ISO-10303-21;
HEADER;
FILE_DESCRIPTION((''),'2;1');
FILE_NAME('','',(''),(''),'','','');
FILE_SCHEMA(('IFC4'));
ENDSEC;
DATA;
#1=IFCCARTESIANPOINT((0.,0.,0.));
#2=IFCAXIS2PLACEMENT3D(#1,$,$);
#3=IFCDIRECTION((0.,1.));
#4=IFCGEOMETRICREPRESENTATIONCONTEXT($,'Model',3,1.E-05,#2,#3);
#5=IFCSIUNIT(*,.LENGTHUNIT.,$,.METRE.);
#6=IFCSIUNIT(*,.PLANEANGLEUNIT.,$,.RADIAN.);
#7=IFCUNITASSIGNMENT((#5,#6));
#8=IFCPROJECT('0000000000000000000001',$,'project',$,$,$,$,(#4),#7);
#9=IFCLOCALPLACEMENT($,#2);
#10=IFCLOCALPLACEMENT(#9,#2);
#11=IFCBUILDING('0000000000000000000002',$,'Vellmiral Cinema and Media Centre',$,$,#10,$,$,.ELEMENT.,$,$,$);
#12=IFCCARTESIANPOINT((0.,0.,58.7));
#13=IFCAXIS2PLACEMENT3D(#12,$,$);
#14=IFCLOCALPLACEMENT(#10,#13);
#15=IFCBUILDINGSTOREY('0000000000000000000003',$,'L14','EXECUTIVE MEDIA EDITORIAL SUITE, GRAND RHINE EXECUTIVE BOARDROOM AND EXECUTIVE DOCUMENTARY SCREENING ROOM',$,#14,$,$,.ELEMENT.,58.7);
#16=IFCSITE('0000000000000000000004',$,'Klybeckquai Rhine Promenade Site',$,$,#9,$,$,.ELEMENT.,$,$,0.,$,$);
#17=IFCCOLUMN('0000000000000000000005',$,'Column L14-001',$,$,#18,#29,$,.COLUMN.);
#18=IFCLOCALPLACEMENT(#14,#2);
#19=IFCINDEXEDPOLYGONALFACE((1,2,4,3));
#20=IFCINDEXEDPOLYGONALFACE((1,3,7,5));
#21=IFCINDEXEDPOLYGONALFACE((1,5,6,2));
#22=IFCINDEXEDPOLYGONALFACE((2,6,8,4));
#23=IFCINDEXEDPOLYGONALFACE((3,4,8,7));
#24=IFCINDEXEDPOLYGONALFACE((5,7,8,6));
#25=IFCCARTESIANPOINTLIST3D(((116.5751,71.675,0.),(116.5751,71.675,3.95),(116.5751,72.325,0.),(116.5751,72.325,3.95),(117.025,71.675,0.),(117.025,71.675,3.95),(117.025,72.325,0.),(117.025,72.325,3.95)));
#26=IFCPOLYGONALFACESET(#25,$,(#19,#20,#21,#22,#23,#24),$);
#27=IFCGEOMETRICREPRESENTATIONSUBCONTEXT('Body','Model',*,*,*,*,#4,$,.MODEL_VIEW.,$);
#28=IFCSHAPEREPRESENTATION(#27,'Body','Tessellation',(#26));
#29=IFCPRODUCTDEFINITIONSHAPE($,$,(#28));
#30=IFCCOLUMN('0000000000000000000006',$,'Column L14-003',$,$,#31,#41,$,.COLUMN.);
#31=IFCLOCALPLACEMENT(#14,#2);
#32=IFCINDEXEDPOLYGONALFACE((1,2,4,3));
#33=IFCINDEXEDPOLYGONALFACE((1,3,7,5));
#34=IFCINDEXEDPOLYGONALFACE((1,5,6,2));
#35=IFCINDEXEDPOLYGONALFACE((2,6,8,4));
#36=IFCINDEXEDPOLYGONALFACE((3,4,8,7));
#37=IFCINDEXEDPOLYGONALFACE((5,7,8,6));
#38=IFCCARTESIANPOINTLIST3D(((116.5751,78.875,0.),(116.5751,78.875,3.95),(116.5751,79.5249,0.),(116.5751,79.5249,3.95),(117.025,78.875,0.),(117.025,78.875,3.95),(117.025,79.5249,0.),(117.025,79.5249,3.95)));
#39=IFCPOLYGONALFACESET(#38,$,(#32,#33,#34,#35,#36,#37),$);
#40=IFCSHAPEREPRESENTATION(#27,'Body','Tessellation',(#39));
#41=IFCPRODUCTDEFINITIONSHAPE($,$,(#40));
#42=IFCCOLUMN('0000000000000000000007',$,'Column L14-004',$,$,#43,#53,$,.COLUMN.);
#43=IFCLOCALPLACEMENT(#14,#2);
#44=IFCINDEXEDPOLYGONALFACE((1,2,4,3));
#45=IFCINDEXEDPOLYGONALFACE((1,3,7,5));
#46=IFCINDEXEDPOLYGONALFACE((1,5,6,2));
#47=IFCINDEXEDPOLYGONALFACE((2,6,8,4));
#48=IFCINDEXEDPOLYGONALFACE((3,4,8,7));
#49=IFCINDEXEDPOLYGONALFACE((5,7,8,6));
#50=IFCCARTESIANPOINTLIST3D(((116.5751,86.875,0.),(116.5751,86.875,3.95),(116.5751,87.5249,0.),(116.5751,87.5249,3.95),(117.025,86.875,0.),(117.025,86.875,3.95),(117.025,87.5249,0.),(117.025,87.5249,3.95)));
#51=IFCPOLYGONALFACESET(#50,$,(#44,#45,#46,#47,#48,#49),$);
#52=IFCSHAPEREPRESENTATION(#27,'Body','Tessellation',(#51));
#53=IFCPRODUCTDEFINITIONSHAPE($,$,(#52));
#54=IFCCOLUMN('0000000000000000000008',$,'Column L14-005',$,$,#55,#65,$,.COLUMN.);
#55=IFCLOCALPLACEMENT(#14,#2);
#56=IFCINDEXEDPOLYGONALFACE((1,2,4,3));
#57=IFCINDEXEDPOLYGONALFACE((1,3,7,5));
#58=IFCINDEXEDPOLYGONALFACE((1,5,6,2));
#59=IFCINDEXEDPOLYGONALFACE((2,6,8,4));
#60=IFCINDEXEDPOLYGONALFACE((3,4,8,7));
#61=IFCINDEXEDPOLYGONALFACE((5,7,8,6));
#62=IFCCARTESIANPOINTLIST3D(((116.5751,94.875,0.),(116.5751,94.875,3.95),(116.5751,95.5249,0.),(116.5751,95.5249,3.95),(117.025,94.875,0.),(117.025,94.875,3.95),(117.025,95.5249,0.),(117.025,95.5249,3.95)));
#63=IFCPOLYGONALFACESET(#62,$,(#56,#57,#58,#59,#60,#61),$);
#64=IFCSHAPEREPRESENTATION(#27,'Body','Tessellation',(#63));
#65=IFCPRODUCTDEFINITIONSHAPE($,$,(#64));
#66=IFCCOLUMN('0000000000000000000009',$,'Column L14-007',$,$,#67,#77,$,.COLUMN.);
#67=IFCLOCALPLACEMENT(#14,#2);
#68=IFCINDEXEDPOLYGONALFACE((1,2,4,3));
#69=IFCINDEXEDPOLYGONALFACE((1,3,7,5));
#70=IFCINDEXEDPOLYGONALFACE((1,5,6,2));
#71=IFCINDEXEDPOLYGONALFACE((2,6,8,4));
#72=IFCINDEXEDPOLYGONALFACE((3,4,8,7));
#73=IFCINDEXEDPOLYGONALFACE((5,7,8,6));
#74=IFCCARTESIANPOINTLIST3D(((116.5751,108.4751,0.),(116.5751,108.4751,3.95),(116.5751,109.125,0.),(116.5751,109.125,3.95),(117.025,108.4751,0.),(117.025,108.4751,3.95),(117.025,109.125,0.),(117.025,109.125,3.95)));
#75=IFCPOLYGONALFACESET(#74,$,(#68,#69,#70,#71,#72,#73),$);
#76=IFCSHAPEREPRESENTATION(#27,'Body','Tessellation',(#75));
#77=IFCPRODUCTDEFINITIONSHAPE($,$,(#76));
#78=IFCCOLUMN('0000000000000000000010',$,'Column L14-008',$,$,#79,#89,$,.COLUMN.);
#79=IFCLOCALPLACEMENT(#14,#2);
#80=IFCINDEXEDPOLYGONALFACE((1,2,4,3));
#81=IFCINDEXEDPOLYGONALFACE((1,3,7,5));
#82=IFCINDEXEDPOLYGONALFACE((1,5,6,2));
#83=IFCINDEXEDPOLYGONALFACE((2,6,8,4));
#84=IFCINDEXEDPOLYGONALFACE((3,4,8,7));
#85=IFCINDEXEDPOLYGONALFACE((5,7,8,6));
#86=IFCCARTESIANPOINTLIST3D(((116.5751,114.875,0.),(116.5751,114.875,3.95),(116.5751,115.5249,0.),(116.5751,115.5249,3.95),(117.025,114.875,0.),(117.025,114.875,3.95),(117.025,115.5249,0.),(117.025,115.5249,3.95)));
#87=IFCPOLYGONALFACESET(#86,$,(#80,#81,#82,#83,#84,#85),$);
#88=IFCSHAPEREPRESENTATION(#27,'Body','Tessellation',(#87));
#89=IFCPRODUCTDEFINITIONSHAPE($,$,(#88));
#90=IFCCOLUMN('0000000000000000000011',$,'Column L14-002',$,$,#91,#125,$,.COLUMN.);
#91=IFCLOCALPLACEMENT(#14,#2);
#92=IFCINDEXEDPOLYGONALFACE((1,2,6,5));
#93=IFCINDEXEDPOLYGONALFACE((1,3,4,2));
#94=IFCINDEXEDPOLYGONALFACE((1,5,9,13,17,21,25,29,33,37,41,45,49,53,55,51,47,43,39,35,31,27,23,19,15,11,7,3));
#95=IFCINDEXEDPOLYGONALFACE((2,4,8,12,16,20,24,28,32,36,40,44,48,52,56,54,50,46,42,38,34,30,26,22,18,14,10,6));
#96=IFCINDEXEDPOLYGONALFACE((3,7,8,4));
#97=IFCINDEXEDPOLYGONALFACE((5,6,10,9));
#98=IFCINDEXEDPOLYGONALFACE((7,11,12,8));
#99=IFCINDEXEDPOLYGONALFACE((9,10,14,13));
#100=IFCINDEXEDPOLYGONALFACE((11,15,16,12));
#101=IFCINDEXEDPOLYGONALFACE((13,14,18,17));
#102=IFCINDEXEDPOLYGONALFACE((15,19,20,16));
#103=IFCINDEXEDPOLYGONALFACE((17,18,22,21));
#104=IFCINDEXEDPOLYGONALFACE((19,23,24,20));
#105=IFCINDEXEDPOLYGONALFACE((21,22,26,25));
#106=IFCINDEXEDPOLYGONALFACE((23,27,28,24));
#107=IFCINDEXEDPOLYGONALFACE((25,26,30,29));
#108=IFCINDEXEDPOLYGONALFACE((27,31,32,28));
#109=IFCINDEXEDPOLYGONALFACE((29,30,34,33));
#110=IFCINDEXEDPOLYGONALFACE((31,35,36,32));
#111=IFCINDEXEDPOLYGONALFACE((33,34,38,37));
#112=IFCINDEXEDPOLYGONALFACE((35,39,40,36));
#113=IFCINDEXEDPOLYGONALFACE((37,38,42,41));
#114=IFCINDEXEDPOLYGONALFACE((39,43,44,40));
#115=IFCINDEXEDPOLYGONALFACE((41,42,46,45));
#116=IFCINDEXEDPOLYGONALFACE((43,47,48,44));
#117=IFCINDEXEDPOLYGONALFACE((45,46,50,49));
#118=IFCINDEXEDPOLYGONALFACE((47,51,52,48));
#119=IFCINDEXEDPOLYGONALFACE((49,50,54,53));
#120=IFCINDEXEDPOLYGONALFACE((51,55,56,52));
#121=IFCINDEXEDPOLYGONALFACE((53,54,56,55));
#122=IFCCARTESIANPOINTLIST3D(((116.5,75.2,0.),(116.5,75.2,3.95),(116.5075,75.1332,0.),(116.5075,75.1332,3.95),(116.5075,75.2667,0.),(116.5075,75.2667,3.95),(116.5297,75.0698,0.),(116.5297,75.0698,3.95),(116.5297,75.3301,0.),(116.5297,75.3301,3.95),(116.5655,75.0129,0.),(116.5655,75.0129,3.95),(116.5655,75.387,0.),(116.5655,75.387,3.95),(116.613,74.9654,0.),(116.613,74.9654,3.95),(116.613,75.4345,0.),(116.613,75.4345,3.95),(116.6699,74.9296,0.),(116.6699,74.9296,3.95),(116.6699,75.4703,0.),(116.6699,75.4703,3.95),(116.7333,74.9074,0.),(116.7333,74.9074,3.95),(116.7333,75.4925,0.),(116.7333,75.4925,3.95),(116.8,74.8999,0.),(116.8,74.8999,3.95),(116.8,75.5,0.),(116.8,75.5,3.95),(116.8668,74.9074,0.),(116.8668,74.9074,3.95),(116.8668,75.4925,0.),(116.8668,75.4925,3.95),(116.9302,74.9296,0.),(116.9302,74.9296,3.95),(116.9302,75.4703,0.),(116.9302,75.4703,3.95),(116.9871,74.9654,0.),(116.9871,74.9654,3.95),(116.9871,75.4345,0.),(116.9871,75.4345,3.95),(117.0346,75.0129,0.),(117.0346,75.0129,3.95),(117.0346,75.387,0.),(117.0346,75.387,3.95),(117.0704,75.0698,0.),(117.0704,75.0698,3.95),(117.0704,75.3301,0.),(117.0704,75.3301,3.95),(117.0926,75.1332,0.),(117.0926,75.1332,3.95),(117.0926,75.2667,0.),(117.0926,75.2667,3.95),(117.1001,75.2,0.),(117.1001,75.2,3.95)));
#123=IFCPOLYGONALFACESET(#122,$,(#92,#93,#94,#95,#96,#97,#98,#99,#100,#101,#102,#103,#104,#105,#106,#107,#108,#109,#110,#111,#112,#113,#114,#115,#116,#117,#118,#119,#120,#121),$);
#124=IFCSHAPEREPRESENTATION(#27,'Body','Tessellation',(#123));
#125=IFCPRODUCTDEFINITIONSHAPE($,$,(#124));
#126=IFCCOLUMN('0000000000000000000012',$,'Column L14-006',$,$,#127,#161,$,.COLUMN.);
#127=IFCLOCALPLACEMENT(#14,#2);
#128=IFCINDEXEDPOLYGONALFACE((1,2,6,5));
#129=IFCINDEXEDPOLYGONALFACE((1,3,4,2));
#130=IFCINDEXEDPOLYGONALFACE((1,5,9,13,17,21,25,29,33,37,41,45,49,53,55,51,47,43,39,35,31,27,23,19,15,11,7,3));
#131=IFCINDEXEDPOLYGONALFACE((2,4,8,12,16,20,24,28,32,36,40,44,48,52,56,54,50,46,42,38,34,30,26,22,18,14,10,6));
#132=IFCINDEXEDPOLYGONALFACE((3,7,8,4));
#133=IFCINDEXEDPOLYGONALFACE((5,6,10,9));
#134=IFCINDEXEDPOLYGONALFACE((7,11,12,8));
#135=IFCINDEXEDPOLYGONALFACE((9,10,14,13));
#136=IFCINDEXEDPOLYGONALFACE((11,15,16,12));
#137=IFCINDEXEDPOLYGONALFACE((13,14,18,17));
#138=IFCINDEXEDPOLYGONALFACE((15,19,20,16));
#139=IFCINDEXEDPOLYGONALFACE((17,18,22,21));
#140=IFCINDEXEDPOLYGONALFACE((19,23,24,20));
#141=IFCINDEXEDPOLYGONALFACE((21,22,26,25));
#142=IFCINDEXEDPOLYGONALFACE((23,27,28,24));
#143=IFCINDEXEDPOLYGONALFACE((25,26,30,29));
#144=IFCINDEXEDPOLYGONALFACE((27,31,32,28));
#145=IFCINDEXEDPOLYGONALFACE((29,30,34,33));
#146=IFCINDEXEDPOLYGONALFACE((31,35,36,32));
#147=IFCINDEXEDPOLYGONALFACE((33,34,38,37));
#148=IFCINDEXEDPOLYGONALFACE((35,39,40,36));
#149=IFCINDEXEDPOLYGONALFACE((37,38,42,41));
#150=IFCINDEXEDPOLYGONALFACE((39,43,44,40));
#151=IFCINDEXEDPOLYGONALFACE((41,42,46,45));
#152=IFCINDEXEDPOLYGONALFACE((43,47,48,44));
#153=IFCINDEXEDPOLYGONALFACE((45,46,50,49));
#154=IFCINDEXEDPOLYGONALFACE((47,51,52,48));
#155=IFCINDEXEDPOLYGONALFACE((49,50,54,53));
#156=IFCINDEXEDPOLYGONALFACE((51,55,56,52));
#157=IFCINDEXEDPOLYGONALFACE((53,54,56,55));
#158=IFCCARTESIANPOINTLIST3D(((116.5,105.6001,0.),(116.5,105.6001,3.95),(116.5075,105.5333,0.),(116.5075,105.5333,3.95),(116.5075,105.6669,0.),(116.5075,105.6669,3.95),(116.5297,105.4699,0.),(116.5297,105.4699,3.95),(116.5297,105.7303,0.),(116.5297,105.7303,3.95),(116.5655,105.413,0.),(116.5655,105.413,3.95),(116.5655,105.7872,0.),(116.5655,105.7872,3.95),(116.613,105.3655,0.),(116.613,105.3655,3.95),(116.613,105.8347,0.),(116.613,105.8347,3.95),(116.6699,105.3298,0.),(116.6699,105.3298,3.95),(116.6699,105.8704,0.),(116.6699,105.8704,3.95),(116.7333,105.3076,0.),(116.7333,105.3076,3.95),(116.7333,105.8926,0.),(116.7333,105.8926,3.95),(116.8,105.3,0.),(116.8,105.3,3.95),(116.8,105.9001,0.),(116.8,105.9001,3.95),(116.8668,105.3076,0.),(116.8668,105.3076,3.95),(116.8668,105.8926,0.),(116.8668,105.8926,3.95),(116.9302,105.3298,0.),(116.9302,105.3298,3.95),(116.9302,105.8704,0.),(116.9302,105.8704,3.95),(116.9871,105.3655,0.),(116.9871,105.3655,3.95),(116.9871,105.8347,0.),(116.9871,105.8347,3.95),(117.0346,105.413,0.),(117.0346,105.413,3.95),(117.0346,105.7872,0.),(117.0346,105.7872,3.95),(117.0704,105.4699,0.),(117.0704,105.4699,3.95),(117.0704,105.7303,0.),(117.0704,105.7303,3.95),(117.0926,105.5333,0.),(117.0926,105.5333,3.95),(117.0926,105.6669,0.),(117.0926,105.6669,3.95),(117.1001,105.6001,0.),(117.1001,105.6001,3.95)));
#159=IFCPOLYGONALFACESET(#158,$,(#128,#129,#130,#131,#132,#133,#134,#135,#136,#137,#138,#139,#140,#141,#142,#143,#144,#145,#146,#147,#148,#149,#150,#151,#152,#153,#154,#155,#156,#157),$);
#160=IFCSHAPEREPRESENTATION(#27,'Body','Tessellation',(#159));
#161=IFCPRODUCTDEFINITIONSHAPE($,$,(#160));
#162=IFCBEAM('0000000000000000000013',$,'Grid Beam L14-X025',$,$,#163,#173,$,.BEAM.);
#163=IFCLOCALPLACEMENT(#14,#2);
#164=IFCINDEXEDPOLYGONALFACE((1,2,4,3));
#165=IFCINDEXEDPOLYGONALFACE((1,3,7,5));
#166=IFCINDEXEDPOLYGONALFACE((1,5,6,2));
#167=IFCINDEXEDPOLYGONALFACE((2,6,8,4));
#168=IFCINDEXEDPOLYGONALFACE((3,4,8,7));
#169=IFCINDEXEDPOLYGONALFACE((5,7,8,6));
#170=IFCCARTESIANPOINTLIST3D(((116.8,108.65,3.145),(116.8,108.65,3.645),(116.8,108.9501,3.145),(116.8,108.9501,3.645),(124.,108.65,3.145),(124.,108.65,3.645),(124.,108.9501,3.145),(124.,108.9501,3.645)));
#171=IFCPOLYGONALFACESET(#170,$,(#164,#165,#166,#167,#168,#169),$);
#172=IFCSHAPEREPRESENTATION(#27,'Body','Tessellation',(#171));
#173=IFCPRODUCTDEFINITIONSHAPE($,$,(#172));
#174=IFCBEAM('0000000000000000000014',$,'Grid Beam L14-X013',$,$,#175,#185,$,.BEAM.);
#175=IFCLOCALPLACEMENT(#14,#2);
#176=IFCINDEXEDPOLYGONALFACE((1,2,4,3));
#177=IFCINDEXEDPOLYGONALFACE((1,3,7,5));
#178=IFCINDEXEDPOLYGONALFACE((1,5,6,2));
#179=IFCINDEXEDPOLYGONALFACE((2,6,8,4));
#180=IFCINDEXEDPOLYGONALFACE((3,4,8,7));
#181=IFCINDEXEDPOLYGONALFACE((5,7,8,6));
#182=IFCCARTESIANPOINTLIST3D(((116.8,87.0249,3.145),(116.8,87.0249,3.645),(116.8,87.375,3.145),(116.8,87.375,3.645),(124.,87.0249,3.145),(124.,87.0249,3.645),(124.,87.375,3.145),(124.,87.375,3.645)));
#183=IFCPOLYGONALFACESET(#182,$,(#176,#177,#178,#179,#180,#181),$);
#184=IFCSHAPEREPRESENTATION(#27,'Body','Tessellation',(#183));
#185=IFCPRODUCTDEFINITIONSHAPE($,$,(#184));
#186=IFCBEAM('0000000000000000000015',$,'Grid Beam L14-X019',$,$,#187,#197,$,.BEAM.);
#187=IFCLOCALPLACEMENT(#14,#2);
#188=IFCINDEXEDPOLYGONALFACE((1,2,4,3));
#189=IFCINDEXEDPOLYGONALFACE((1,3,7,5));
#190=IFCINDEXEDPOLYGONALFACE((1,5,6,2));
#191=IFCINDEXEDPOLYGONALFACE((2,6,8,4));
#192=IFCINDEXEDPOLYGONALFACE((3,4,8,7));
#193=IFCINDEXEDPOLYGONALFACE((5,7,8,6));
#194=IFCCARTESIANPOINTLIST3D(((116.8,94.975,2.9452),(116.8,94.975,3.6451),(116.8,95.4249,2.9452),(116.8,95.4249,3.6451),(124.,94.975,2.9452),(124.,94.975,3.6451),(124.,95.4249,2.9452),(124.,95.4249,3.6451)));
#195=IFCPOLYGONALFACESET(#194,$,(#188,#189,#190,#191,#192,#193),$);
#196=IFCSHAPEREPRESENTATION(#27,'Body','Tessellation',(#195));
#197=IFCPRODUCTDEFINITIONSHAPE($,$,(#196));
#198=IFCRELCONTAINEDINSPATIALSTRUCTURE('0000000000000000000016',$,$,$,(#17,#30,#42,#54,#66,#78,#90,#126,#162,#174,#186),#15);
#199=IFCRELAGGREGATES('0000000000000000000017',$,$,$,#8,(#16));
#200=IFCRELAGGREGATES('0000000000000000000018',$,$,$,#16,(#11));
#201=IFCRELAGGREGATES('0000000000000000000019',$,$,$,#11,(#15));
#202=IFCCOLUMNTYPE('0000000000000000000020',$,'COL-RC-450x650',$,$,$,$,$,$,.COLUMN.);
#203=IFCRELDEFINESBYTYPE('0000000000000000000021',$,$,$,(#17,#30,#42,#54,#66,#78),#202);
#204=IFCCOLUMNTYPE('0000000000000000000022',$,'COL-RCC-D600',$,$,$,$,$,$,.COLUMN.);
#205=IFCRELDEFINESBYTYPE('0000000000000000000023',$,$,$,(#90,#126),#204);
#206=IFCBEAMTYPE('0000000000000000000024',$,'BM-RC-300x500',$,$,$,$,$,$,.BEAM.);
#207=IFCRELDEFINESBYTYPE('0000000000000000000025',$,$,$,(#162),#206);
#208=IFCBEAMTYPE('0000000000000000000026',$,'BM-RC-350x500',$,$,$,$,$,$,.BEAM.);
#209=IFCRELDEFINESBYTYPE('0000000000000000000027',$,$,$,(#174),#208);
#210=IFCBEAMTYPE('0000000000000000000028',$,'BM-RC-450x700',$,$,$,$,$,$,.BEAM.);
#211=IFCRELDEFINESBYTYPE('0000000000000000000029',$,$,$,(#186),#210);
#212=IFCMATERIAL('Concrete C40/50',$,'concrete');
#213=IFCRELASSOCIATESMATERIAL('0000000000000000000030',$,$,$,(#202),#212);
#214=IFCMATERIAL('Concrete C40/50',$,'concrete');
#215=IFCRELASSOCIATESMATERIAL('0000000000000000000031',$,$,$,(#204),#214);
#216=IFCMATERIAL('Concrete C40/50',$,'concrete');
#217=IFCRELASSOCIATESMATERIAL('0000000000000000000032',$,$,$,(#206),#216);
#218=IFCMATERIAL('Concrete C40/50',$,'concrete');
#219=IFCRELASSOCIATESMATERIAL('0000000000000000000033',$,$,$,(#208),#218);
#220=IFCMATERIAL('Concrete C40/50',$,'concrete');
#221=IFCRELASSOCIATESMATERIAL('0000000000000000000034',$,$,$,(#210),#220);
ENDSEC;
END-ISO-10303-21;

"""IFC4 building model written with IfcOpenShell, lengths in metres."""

from ifc_helpers import new_model, si_unit, direction, frame, origin, origin_2d, place, context, subcontext, project, spatial, rectangle, circle, extrude, material, material_profile, profile_set, type_object, element, save


model = new_model("IFC4")

# Units and contexts
model_context = context("Model", 3, precision=1e-05, world=origin(), true_north=direction((0.0, 1.0)))
body_context = subcontext(model_context, "Body", "Model", "MODEL_VIEW")
ifc_project = project(units=[si_unit("LENGTHUNIT", "METRE"), si_unit("PLANEANGLEUNIT", "RADIAN")], contexts=[model_context])

# Site, building, storey
site_placement = place(None, origin())
site = spatial("IfcSite", under=ifc_project, at=site_placement, Name="Klybeckquai Rhine Promenade Site", CompositionType="ELEMENT", RefElevation=0.0)
building_placement = place(site_placement, origin())
building = spatial("IfcBuilding", under=site, at=building_placement, Name="Vellmiral Cinema and Media Centre", CompositionType="ELEMENT")
storey_placement = place(building_placement, frame((0.0, 0.0, 58.7)))
storey = spatial("IfcBuildingStorey", under=building, at=storey_placement, Name="L14", Description="EXECUTIVE MEDIA EDITORIAL SUITE, GRAND RHINE EXECUTIVE BOARDROOM AND EXECUTIVE DOCUMENTARY SCREENING ROOM", CompositionType="ELEMENT", Elevation=58.7)

# Columns
ifc_material_1 = material(Name="Concrete C40/50", Category="concrete")
ifc_material_profile_1 = material_profile(ifc_material_1, rectangle(XDim=0.45, YDim=0.6499, at=origin_2d()), Name="RC 450x650")
ifc_profile_set_1 = profile_set([ifc_material_profile_1], Name="Concrete C40/50")
column_type_1 = type_object("IfcColumnType", Name="COL-RC-450x650", PredefinedType="COLUMN", material=ifc_profile_set_1)
for number, where, z_axis, x_axis, name in (
    (1, (116.8, 72.0, 0.0), (0.0, 0.0, 1.0), (1.0, 0.0, 0.0), "Column L14-001"),
    (2, (116.8, 79.2, 0.0), (0.0, 0.0, 1.0), (1.0, 0.0, 0.0), "Column L14-003"),
    (3, (116.8, 87.2, 0.0), (0.0, 0.0, 1.0), (1.0, 0.0, 0.0), "Column L14-004"),
    (4, (116.8, 95.2, 0.0), (0.0, 0.0, 1.0), (1.0, 0.0, 0.0), "Column L14-005"),
    (5, (116.8, 108.8, 0.0), (0.0, 0.0, 1.0), (1.0, 0.0, 0.0), "Column L14-007"),
    (6, (116.8, 115.2, 0.0), (0.0, 0.0, 1.0), (1.0, 0.0, 0.0), "Column L14-008"),
):
    element("IfcColumn", number, at=place(storey_placement, frame(where, z_axis=z_axis, x_axis=x_axis)), inside=storey, type_object=column_type_1, Name=name, PredefinedType="COLUMN", context=body_context, shape_type="SweptSolid", body=[
        extrude(rectangle(XDim=0.45, YDim=0.6499, at=origin_2d()), origin(), (0.0, 0.0, 1.0), 3.95),
    ])
ifc_material_2 = material(Name="Concrete C40/50", Category="concrete")
ifc_material_profile_2 = material_profile(ifc_material_2, circle(Radius=0.3, at=origin_2d()), Name="RC D600")
ifc_profile_set_2 = profile_set([ifc_material_profile_2], Name="Concrete C40/50")
column_type_2 = type_object("IfcColumnType", Name="COL-RCC-D600", PredefinedType="COLUMN", material=ifc_profile_set_2)
for number, where, z_axis, x_axis, name in (
    (7, (116.8, 75.2, 0.0), (0.0, 0.0, 1.0), (1.0, 0.0, 0.0), "Column L14-002"),
    (8, (116.8, 105.6001, 0.0), (0.0, 0.0, 1.0), (1.0, 0.0, 0.0), "Column L14-006"),
):
    element("IfcColumn", number, at=place(storey_placement, frame(where, z_axis=z_axis, x_axis=x_axis)), inside=storey, type_object=column_type_2, Name=name, PredefinedType="COLUMN", context=body_context, shape_type="SweptSolid", body=[
        extrude(circle(Radius=0.3, at=origin_2d()), origin(), (0.0, 0.0, 1.0), 3.95),
    ])

# Beams
ifc_material_3 = material(Name="Concrete C40/50", Category="concrete")
ifc_material_profile_3 = material_profile(ifc_material_3, rectangle(XDim=0.3, YDim=0.5, at=origin_2d()), Name="RC 300x500")
ifc_profile_set_3 = profile_set([ifc_material_profile_3], Name="Concrete C40/50")
beam_type_1 = type_object("IfcBeamType", Name="BM-RC-300x500", PredefinedType="BEAM", material=ifc_profile_set_3)
beam_1_placement = place(storey_placement, frame((116.8, 108.8, 3.395), z_axis=(1.0, 0.0, 0.0), x_axis=(0.0, 1.0, 0.0)))
element("IfcBeam", 9, at=beam_1_placement, inside=storey, type_object=beam_type_1, Name="Grid Beam L14-X025", PredefinedType="BEAM", context=body_context, shape_type="SweptSolid", body=[
    extrude(rectangle(XDim=0.3, YDim=0.5, at=origin_2d()), origin(), (0.0, 0.0, 1.0), 7.2),
])
ifc_material_4 = material(Name="Concrete C40/50", Category="concrete")
ifc_material_profile_4 = material_profile(ifc_material_4, rectangle(XDim=0.3501, YDim=0.5, at=origin_2d()), Name="RC 350x500")
ifc_profile_set_4 = profile_set([ifc_material_profile_4], Name="Concrete C40/50")
beam_type_2 = type_object("IfcBeamType", Name="BM-RC-350x500", PredefinedType="BEAM", material=ifc_profile_set_4)
beam_2_placement = place(storey_placement, frame((116.8, 87.2, 3.395), z_axis=(1.0, 0.0, 0.0), x_axis=(0.0, 1.0, 0.0)))
element("IfcBeam", 10, at=beam_2_placement, inside=storey, type_object=beam_type_2, Name="Grid Beam L14-X013", PredefinedType="BEAM", context=body_context, shape_type="SweptSolid", body=[
    extrude(rectangle(XDim=0.3501, YDim=0.5, at=origin_2d()), origin(), (0.0, 0.0, 1.0), 7.2),
])
ifc_material_5 = material(Name="Concrete C40/50", Category="concrete")
ifc_material_profile_5 = material_profile(ifc_material_5, rectangle(XDim=0.45, YDim=0.7, at=origin_2d()), Name="RC 450x700")
ifc_profile_set_5 = profile_set([ifc_material_profile_5], Name="Concrete C40/50")
beam_type_3 = type_object("IfcBeamType", Name="BM-RC-450x700", PredefinedType="BEAM", material=ifc_profile_set_5)
beam_3_placement = place(storey_placement, frame((116.8, 95.2, 3.2952), z_axis=(1.0, 0.0, 0.0), x_axis=(0.0, 1.0, 0.0)))
element("IfcBeam", 11, at=beam_3_placement, inside=storey, type_object=beam_type_3, Name="Grid Beam L14-X019", PredefinedType="BEAM", context=body_context, shape_type="SweptSolid", body=[
    extrude(rectangle(XDim=0.45, YDim=0.7, at=origin_2d()), origin(), (0.0, 0.0, 1.0), 7.2),
])

save(model, "model.ifc")
